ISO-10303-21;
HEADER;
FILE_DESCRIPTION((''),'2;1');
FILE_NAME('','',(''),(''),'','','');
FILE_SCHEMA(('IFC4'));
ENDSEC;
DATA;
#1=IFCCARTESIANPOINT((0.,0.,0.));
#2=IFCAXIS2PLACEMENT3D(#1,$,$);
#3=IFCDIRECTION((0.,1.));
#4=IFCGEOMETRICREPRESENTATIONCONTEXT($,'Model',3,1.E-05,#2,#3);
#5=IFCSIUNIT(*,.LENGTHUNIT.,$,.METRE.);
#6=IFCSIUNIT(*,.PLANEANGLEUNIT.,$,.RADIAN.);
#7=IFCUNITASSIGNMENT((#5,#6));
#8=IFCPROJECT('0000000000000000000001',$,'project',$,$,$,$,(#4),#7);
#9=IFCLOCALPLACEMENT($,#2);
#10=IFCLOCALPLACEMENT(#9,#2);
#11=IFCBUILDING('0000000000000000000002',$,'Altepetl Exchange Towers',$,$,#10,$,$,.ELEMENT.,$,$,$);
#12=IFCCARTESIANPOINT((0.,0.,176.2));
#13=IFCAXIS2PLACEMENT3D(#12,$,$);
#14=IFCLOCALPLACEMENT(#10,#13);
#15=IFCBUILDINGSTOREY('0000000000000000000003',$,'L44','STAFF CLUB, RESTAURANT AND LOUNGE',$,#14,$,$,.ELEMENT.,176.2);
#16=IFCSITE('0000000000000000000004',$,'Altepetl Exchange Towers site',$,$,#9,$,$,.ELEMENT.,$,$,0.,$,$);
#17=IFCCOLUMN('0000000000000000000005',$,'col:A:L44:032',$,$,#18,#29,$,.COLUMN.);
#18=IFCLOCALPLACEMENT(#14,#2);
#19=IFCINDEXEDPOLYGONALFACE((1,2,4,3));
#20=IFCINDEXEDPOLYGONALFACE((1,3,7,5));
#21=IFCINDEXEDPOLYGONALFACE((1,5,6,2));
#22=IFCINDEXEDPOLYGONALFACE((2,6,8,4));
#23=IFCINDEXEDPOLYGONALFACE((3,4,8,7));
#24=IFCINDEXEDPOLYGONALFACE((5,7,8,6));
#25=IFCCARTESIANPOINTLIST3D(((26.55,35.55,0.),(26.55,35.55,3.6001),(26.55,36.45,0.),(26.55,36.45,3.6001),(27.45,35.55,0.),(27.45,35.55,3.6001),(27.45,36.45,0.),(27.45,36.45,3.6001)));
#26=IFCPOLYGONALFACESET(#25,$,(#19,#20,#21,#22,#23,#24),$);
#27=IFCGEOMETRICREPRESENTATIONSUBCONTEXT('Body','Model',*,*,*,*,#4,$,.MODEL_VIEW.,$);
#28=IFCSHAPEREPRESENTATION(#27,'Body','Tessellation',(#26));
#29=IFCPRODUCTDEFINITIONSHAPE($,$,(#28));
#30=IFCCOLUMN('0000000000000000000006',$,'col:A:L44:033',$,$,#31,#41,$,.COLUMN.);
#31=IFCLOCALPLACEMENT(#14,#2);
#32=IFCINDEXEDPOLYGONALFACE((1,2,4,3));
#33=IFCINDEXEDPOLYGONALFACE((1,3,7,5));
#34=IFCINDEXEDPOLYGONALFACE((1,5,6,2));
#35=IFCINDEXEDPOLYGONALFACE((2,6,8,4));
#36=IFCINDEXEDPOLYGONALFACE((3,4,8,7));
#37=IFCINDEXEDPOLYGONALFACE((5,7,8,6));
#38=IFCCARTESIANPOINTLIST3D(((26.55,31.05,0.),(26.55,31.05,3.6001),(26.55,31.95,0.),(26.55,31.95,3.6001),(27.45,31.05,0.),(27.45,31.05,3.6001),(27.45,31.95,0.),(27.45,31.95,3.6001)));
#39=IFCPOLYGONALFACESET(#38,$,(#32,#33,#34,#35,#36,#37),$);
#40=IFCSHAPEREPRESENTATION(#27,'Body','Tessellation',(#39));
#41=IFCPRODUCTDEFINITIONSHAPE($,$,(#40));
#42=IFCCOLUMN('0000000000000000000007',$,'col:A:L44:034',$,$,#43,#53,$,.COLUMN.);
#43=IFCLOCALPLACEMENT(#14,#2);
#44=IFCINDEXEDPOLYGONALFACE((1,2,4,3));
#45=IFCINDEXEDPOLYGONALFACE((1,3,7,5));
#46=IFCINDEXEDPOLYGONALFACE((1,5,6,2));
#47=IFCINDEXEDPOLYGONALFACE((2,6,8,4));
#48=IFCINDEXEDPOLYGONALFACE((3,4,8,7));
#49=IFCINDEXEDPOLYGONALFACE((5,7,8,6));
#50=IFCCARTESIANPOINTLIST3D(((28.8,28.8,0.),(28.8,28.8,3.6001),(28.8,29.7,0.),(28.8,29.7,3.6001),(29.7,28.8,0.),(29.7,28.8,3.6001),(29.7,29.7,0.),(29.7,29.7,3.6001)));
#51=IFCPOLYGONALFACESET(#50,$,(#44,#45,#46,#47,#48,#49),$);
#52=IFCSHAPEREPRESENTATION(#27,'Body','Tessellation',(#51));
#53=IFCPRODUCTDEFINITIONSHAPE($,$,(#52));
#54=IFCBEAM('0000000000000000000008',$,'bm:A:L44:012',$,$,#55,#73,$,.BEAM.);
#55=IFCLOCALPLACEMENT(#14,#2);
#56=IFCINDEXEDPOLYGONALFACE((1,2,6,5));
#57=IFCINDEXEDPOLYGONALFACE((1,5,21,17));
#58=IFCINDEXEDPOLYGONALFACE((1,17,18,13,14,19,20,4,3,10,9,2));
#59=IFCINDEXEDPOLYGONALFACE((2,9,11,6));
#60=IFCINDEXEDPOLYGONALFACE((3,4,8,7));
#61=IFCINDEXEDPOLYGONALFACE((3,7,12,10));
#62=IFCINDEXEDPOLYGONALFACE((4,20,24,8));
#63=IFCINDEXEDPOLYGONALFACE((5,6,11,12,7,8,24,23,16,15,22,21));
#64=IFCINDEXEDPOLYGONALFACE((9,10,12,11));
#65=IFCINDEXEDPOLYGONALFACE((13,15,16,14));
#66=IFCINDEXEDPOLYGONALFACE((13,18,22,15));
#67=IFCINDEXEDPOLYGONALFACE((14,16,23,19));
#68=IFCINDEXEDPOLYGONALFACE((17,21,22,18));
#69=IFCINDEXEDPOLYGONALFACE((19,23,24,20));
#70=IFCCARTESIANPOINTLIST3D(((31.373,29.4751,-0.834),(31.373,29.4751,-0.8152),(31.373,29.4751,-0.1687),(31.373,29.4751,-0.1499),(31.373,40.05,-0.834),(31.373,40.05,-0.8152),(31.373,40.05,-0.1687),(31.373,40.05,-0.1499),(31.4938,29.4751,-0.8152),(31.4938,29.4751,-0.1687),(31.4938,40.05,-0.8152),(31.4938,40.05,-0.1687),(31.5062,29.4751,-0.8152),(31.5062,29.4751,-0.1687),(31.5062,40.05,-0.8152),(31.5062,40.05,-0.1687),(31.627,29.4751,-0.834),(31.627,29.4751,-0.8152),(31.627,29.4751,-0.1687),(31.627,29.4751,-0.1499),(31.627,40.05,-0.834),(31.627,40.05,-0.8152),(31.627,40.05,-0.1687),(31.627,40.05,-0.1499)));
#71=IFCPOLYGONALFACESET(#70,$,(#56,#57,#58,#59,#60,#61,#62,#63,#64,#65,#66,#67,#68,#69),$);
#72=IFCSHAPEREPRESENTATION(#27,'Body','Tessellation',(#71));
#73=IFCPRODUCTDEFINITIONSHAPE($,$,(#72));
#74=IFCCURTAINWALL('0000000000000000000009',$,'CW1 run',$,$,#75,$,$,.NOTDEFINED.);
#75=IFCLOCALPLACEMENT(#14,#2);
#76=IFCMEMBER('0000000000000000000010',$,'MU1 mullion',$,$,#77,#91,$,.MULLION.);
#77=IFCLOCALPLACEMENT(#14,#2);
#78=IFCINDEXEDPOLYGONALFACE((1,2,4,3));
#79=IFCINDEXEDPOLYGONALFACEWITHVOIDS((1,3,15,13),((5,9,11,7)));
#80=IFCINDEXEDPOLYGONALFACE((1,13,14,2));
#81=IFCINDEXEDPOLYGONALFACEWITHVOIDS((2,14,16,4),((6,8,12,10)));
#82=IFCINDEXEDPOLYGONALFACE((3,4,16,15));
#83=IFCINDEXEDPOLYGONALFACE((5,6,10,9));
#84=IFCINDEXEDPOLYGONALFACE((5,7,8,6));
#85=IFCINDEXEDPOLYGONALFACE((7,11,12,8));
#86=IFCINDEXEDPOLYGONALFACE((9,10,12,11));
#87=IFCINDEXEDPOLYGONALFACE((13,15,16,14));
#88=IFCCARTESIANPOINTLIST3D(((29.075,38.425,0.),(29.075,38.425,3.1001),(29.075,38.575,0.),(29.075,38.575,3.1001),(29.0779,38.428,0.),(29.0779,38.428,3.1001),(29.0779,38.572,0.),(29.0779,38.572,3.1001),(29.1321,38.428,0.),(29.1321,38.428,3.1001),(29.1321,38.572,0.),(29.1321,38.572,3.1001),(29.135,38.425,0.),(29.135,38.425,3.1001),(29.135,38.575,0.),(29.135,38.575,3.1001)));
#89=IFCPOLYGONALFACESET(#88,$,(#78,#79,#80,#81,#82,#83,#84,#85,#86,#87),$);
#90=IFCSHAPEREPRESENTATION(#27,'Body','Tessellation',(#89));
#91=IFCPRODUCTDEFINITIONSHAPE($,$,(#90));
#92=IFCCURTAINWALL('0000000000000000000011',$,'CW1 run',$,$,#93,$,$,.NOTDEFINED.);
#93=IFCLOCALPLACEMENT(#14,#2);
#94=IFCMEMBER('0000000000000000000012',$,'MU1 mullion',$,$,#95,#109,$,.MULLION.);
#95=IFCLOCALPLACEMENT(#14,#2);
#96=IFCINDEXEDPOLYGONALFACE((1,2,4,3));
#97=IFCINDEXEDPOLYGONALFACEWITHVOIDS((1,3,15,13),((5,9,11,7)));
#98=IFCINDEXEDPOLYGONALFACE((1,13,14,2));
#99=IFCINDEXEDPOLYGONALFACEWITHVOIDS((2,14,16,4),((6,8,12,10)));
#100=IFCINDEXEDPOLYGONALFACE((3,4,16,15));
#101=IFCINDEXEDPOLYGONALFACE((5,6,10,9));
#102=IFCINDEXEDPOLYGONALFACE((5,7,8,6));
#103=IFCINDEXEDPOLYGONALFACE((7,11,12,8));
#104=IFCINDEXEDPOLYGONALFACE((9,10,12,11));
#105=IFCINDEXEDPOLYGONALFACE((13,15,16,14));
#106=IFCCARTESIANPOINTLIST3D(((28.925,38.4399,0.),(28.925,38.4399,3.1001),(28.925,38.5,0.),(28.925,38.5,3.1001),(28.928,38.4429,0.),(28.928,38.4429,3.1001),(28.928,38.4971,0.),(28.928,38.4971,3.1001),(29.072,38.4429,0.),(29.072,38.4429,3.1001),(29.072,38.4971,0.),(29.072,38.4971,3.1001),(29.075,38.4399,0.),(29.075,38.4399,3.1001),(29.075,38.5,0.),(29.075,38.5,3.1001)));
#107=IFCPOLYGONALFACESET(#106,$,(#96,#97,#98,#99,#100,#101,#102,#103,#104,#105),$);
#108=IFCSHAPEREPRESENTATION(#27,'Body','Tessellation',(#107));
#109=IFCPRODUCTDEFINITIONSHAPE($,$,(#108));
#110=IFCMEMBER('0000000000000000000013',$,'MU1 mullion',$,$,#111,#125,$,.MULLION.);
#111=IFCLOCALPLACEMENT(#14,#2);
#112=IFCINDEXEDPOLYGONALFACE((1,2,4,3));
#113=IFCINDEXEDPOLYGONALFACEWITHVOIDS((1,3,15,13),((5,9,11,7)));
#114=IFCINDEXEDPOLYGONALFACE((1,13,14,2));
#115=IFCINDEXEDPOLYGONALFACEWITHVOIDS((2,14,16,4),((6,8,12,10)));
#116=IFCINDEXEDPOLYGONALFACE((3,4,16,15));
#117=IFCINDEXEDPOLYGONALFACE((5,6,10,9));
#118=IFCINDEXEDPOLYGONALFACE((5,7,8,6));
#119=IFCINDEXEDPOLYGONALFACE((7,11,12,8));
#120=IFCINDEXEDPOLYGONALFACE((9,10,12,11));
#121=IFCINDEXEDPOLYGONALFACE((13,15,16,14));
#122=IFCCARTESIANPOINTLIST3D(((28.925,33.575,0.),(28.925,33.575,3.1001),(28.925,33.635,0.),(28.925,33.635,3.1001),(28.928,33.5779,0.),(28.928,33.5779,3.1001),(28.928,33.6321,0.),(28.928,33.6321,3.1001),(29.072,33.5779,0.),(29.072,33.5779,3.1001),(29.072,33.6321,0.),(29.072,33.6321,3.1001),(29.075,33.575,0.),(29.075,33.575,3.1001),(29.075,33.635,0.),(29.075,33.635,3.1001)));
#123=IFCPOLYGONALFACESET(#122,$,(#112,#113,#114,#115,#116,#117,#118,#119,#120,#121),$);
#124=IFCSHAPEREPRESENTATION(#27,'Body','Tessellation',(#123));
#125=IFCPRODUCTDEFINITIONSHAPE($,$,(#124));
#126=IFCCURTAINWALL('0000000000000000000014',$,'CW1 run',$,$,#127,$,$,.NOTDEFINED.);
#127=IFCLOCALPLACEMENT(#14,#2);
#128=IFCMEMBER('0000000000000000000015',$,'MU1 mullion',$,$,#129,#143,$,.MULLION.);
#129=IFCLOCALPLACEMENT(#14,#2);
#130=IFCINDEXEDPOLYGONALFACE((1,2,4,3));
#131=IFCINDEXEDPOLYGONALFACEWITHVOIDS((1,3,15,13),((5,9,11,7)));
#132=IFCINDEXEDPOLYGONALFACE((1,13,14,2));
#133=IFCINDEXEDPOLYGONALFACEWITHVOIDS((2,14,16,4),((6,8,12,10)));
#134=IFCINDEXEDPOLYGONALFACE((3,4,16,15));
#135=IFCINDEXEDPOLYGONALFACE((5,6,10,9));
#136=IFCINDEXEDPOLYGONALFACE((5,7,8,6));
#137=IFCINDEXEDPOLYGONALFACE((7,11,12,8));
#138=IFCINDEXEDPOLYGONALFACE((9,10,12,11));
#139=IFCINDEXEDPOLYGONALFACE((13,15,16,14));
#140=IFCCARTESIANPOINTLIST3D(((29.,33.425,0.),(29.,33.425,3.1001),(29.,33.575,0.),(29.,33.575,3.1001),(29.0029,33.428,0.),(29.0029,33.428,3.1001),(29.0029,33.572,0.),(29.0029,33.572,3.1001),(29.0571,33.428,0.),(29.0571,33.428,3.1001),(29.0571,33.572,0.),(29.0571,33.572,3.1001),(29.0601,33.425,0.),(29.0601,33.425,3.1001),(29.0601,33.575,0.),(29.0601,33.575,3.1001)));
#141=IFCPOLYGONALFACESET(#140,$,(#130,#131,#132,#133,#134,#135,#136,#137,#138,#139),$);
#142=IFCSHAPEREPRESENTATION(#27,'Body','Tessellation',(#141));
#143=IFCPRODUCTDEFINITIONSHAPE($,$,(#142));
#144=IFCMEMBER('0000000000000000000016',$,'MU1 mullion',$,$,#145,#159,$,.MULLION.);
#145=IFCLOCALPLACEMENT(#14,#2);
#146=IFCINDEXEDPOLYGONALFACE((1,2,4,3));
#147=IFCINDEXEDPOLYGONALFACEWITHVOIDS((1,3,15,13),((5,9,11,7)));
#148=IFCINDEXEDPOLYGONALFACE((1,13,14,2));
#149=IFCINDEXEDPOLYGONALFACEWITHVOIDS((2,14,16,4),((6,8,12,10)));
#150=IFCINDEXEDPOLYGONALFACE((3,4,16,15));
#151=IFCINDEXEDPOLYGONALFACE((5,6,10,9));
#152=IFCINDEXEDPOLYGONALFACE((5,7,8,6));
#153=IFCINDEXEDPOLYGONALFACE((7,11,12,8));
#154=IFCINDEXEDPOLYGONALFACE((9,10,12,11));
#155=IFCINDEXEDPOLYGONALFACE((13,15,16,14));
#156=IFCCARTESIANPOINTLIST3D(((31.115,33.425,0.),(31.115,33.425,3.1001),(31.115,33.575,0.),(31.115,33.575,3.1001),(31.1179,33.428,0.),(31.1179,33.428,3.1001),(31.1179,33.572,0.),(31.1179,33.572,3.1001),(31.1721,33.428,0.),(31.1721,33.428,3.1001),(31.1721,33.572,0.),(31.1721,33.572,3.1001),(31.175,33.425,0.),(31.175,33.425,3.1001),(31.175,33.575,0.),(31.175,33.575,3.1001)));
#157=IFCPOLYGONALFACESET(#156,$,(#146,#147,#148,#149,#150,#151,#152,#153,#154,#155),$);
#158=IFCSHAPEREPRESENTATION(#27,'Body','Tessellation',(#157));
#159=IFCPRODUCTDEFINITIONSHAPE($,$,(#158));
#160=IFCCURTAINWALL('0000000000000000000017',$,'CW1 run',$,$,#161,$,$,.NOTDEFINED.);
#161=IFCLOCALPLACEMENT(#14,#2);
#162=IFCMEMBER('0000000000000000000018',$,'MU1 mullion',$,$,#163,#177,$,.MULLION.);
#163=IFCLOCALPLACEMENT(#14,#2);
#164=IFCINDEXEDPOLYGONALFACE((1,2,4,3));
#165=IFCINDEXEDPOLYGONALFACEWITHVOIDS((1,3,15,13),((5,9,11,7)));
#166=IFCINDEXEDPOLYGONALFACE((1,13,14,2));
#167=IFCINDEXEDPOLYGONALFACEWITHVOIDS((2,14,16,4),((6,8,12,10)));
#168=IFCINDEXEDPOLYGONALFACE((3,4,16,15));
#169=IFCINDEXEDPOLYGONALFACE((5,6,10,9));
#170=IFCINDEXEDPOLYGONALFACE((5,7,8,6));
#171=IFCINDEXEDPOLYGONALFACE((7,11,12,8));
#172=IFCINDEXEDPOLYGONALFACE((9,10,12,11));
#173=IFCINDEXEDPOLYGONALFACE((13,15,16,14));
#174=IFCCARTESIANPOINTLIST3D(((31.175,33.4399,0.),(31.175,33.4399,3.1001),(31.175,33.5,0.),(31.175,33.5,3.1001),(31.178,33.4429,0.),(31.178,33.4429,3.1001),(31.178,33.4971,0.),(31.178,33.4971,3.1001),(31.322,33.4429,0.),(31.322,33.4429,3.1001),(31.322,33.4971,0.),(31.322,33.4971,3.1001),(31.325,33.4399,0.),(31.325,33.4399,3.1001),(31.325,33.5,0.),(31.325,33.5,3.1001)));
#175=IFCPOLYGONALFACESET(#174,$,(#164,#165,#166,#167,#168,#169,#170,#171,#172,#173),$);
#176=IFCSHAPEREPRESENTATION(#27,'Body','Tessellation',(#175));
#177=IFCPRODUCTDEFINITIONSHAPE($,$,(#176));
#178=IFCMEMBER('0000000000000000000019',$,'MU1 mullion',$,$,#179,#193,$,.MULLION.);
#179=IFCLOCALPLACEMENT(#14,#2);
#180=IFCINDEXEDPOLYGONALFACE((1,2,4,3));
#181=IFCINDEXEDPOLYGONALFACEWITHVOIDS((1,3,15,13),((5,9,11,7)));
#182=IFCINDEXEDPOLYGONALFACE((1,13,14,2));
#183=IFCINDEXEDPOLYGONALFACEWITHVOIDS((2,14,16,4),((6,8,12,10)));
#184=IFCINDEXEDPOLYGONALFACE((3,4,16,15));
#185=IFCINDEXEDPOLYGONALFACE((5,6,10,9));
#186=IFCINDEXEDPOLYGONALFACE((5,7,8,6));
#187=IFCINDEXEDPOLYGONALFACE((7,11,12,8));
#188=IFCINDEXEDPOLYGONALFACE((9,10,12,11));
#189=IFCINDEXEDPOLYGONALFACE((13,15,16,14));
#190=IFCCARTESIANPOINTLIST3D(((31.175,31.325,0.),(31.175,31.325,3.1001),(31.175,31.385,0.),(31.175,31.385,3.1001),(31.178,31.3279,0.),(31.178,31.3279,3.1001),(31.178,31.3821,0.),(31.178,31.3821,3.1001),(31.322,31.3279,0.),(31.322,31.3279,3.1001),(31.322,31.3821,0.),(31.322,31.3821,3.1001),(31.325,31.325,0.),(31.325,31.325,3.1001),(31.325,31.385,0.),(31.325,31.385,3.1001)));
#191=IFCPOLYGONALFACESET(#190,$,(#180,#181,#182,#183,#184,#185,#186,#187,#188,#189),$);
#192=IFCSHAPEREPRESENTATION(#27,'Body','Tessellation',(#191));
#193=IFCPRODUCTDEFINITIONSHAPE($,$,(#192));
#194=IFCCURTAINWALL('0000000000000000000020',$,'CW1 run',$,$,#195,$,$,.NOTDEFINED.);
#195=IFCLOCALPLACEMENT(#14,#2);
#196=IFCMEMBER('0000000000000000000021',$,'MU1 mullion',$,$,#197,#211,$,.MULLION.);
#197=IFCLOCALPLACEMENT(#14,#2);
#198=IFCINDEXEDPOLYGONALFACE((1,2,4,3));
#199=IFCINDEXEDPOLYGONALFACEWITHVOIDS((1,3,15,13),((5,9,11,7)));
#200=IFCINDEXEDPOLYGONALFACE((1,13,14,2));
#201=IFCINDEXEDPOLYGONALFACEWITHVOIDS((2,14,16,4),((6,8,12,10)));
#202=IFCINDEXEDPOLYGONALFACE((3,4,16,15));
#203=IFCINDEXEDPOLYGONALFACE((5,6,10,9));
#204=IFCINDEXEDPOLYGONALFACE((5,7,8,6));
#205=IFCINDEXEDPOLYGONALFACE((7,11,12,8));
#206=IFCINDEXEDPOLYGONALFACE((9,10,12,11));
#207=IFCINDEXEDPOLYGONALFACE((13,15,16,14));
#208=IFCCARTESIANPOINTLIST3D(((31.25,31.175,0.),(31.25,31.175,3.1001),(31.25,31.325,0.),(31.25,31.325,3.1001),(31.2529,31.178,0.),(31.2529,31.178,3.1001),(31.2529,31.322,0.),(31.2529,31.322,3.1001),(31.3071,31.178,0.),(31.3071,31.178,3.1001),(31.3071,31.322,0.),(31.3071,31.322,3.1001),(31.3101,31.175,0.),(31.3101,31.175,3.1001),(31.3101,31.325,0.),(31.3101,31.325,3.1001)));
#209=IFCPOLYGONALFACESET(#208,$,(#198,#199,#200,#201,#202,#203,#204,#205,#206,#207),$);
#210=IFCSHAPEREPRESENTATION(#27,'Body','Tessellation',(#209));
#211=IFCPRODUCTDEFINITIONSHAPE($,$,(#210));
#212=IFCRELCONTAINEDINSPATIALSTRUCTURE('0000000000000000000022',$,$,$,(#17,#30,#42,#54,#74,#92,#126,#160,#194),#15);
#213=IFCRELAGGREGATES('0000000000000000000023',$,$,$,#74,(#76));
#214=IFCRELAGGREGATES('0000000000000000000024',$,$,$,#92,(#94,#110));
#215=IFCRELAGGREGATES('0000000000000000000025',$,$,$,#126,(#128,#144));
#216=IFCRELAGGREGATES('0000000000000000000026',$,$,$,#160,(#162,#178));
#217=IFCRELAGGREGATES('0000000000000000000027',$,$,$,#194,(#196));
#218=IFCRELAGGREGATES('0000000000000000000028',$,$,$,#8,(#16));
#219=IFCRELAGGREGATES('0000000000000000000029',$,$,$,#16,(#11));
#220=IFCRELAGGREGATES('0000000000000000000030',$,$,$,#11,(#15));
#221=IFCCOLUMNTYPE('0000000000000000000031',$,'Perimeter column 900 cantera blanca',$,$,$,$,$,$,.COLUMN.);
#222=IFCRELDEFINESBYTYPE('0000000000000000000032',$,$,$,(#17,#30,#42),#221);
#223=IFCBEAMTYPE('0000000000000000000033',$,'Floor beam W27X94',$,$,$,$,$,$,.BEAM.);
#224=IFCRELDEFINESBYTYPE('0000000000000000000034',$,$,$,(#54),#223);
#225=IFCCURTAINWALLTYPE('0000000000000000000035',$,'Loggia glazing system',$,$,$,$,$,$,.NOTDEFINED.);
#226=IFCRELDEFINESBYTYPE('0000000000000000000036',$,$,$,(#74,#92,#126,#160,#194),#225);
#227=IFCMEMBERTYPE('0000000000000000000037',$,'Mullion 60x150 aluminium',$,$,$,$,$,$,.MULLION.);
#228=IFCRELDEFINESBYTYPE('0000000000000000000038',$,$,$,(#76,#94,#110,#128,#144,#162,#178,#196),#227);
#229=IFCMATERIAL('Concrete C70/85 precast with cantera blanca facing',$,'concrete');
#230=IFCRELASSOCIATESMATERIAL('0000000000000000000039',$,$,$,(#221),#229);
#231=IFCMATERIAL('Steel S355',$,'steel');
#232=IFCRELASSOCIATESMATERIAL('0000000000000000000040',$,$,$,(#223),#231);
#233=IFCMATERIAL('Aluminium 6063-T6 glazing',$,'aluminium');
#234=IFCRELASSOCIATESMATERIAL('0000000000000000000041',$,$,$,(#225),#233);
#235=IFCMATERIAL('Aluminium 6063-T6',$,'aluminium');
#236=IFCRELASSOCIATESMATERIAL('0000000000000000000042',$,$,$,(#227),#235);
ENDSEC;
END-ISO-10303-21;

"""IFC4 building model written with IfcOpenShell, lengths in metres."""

from ifc_helpers import new_model, si_unit, direction, frame, origin, origin_2d, place, context, subcontext, project, spatial, rectangle, hollow_rectangle, i_section, extrude, material, material_profile, profile_set, type_object, element, aggregate, save


model = new_model("IFC4")

# Units and contexts
model_context = context("Model", 3, precision=1e-05, world=origin(), true_north=direction((0.0, 1.0)))
body_context = subcontext(model_context, "Body", "Model", "MODEL_VIEW")
ifc_project = project(units=[si_unit("LENGTHUNIT", "METRE"), si_unit("PLANEANGLEUNIT", "RADIAN")], contexts=[model_context])

# Site, building, storey
site_placement = place(None, origin())
site = spatial("IfcSite", under=ifc_project, at=site_placement, Name="Altepetl Exchange Towers site", CompositionType="ELEMENT", RefElevation=0.0)
building_placement = place(site_placement, origin())
building = spatial("IfcBuilding", under=site, at=building_placement, Name="Altepetl Exchange Towers", CompositionType="ELEMENT")
storey_placement = place(building_placement, frame((0.0, 0.0, 176.2)))
storey = spatial("IfcBuildingStorey", under=building, at=storey_placement, Name="L44", Description="STAFF CLUB, RESTAURANT AND LOUNGE", CompositionType="ELEMENT", Elevation=176.2)

# Columns
ifc_material_1 = material(Name="Concrete C70/85 precast with cantera blanca facing", Category="concrete")
ifc_material_profile_1 = material_profile(ifc_material_1, rectangle(XDim=0.8999, YDim=0.8999, at=origin_2d()), Name="900 x 900")
ifc_profile_set_1 = profile_set([ifc_material_profile_1], Name="Concrete C70/85 precast with cantera blanca facing")
column_type = type_object("IfcColumnType", Name="Perimeter column 900 cantera blanca", PredefinedType="COLUMN", material=ifc_profile_set_1)
for number, where, name in (
    (1, (27.0, 36.0, 0.0), "col:A:L44:032"),
    (2, (27.0, 31.5, 0.0), "col:A:L44:033"),
    (3, (29.25, 29.25, 0.0), "col:A:L44:034"),
):
    element("IfcColumn", number, at=place(storey_placement, frame(where)), inside=storey, type_object=column_type, Name=name, PredefinedType="COLUMN", context=body_context, shape_type="SweptSolid", body=[
        extrude(rectangle(XDim=0.8999, YDim=0.8999, at=origin_2d()), origin(), (0.0, 0.0, 1.0), 3.6001),
    ])

# Beam
ifc_material_2 = material(Name="Steel S355", Category="steel")
ifc_material_profile_2 = material_profile(ifc_material_2, i_section(OverallWidth=0.2539, OverallDepth=0.6841, WebThickness=0.0125, FlangeThickness=0.0188, at=origin_2d()), Name="W27X94")
ifc_profile_set_2 = profile_set([ifc_material_profile_2], Name="Steel S355")
beam_type_1 = type_object("IfcBeamType", Name="Floor beam W27X94", PredefinedType="BEAM", material=ifc_profile_set_2)
beam_1_placement = place(storey_placement, frame((31.5, 29.4751, -0.4919), z_axis=(0.0, 1.0, 0.0), x_axis=(-1.0, 0.0, 0.0)))
element("IfcBeam", 4, at=beam_1_placement, inside=storey, type_object=beam_type_1, Name="bm:A:L44:012", PredefinedType="BEAM", context=body_context, shape_type="SweptSolid", body=[
    extrude(i_section(OverallWidth=0.2539, OverallDepth=0.6841, WebThickness=0.0125, FlangeThickness=0.0188, at=origin_2d()), origin(), (0.0, 0.0, 1.0), 10.575),
])

# Curtain wall, member
ifc_material_3 = material(Name="Aluminium 6063-T6 glazing", Category="aluminium")
curtain_wall_type = type_object("IfcCurtainWallType", Name="Loggia glazing system", PredefinedType="NOTDEFINED", material=ifc_material_3)
curtain_wall_1_placement = place(storey_placement, origin())
curtain_wall_1 = element("IfcCurtainWall", 5, at=curtain_wall_1_placement, inside=storey, type_object=curtain_wall_type, Name="CW1 run", PredefinedType="NOTDEFINED")
ifc_material_4 = material(Name="Aluminium 6063-T6", Category="aluminium")
ifc_material_profile_3 = material_profile(ifc_material_4, hollow_rectangle(XDim=0.0601, YDim=0.1499, WallThickness=0.0029, at=origin_2d()), Name="Mullion 60x150 aluminium")
ifc_profile_set_3 = profile_set([ifc_material_profile_3], Name="Aluminium 6063-T6")
member_type = type_object("IfcMemberType", Name="Mullion 60x150 aluminium", PredefinedType="MULLION", material=ifc_profile_set_3)
member_1_placement = place(storey_placement, frame((29.105, 38.5, 0.0), z_axis=(0.0, 0.0, 1.0), x_axis=(-1.0, 0.0, 0.0)))
member_1 = element("IfcMember", 6, at=member_1_placement, type_object=member_type, Name="MU1 mullion", PredefinedType="MULLION", context=body_context, shape_type="SweptSolid", body=[
    extrude(hollow_rectangle(XDim=0.0601, YDim=0.1499, WallThickness=0.0029, at=origin_2d()), origin(), (0.0, 0.0, 1.0), 3.1001),
])

# Curtain walls, members
curtain_wall_2_placement = place(storey_placement, origin())
curtain_wall_2 = element("IfcCurtainWall", 7, at=curtain_wall_2_placement, inside=storey, type_object=curtain_wall_type, Name="CW1 run", PredefinedType="NOTDEFINED")
member_2_placement = place(storey_placement, frame((29.0, 38.47, 0.0), z_axis=(0.0, 0.0, 1.0), x_axis=(0.0, -1.0, 0.0)))
member_2 = element("IfcMember", 8, at=member_2_placement, type_object=member_type, Name="MU1 mullion", PredefinedType="MULLION", context=body_context, shape_type="SweptSolid", body=[
    extrude(hollow_rectangle(XDim=0.0601, YDim=0.1499, WallThickness=0.0029, at=origin_2d()), origin(), (0.0, 0.0, 1.0), 3.1001),
])
member_3_placement = place(storey_placement, frame((29.0, 33.605, 0.0), z_axis=(0.0, 0.0, 1.0), x_axis=(0.0, -1.0, 0.0)))
member_3 = element("IfcMember", 9, at=member_3_placement, type_object=member_type, Name="MU1 mullion", PredefinedType="MULLION", context=body_context, shape_type="SweptSolid", body=[
    extrude(hollow_rectangle(XDim=0.0601, YDim=0.1499, WallThickness=0.0029, at=origin_2d()), origin(), (0.0, 0.0, 1.0), 3.1001),
])
curtain_wall_3_placement = place(storey_placement, origin())
curtain_wall_3 = element("IfcCurtainWall", 10, at=curtain_wall_3_placement, inside=storey, type_object=curtain_wall_type, Name="CW1 run", PredefinedType="NOTDEFINED")
member_4_placement = place(storey_placement, frame((29.03, 33.5, 0.0)))
member_4 = element("IfcMember", 11, at=member_4_placement, type_object=member_type, Name="MU1 mullion", PredefinedType="MULLION", context=body_context, shape_type="SweptSolid", body=[
    extrude(hollow_rectangle(XDim=0.0601, YDim=0.1499, WallThickness=0.0029, at=origin_2d()), origin(), (0.0, 0.0, 1.0), 3.1001),
])
member_5_placement = place(storey_placement, frame((31.145, 33.5, 0.0)))
member_5 = element("IfcMember", 12, at=member_5_placement, type_object=member_type, Name="MU1 mullion", PredefinedType="MULLION", context=body_context, shape_type="SweptSolid", body=[
    extrude(hollow_rectangle(XDim=0.0601, YDim=0.1499, WallThickness=0.0029, at=origin_2d()), origin(), (0.0, 0.0, 1.0), 3.1001),
])
curtain_wall_4_placement = place(storey_placement, origin())
curtain_wall_4 = element("IfcCurtainWall", 13, at=curtain_wall_4_placement, inside=storey, type_object=curtain_wall_type, Name="CW1 run", PredefinedType="NOTDEFINED")
member_6_placement = place(storey_placement, frame((31.25, 33.47, 0.0), z_axis=(0.0, 0.0, 1.0), x_axis=(0.0, -1.0, 0.0)))
member_6 = element("IfcMember", 14, at=member_6_placement, type_object=member_type, Name="MU1 mullion", PredefinedType="MULLION", context=body_context, shape_type="SweptSolid", body=[
    extrude(hollow_rectangle(XDim=0.0601, YDim=0.1499, WallThickness=0.0029, at=origin_2d()), origin(), (0.0, 0.0, 1.0), 3.1001),
])
member_7_placement = place(storey_placement, frame((31.25, 31.355, 0.0), z_axis=(0.0, 0.0, 1.0), x_axis=(0.0, -1.0, 0.0)))
member_7 = element("IfcMember", 15, at=member_7_placement, type_object=member_type, Name="MU1 mullion", PredefinedType="MULLION", context=body_context, shape_type="SweptSolid", body=[
    extrude(hollow_rectangle(XDim=0.0601, YDim=0.1499, WallThickness=0.0029, at=origin_2d()), origin(), (0.0, 0.0, 1.0), 3.1001),
])
curtain_wall_5_placement = place(storey_placement, origin())
curtain_wall_5 = element("IfcCurtainWall", 16, at=curtain_wall_5_placement, inside=storey, type_object=curtain_wall_type, Name="CW1 run", PredefinedType="NOTDEFINED")
member_8_placement = place(storey_placement, frame((31.28, 31.25, 0.0)))
member_8 = element("IfcMember", 17, at=member_8_placement, type_object=member_type, Name="MU1 mullion", PredefinedType="MULLION", context=body_context, shape_type="SweptSolid", body=[
    extrude(hollow_rectangle(XDim=0.0601, YDim=0.1499, WallThickness=0.0029, at=origin_2d()), origin(), (0.0, 0.0, 1.0), 3.1001),
])

aggregate(curtain_wall_1, [member_1])
aggregate(curtain_wall_2, [member_2, member_3])
aggregate(curtain_wall_3, [member_4, member_5])
aggregate(curtain_wall_4, [member_6, member_7])
aggregate(curtain_wall_5, [member_8])

save(model, "model.ifc")
